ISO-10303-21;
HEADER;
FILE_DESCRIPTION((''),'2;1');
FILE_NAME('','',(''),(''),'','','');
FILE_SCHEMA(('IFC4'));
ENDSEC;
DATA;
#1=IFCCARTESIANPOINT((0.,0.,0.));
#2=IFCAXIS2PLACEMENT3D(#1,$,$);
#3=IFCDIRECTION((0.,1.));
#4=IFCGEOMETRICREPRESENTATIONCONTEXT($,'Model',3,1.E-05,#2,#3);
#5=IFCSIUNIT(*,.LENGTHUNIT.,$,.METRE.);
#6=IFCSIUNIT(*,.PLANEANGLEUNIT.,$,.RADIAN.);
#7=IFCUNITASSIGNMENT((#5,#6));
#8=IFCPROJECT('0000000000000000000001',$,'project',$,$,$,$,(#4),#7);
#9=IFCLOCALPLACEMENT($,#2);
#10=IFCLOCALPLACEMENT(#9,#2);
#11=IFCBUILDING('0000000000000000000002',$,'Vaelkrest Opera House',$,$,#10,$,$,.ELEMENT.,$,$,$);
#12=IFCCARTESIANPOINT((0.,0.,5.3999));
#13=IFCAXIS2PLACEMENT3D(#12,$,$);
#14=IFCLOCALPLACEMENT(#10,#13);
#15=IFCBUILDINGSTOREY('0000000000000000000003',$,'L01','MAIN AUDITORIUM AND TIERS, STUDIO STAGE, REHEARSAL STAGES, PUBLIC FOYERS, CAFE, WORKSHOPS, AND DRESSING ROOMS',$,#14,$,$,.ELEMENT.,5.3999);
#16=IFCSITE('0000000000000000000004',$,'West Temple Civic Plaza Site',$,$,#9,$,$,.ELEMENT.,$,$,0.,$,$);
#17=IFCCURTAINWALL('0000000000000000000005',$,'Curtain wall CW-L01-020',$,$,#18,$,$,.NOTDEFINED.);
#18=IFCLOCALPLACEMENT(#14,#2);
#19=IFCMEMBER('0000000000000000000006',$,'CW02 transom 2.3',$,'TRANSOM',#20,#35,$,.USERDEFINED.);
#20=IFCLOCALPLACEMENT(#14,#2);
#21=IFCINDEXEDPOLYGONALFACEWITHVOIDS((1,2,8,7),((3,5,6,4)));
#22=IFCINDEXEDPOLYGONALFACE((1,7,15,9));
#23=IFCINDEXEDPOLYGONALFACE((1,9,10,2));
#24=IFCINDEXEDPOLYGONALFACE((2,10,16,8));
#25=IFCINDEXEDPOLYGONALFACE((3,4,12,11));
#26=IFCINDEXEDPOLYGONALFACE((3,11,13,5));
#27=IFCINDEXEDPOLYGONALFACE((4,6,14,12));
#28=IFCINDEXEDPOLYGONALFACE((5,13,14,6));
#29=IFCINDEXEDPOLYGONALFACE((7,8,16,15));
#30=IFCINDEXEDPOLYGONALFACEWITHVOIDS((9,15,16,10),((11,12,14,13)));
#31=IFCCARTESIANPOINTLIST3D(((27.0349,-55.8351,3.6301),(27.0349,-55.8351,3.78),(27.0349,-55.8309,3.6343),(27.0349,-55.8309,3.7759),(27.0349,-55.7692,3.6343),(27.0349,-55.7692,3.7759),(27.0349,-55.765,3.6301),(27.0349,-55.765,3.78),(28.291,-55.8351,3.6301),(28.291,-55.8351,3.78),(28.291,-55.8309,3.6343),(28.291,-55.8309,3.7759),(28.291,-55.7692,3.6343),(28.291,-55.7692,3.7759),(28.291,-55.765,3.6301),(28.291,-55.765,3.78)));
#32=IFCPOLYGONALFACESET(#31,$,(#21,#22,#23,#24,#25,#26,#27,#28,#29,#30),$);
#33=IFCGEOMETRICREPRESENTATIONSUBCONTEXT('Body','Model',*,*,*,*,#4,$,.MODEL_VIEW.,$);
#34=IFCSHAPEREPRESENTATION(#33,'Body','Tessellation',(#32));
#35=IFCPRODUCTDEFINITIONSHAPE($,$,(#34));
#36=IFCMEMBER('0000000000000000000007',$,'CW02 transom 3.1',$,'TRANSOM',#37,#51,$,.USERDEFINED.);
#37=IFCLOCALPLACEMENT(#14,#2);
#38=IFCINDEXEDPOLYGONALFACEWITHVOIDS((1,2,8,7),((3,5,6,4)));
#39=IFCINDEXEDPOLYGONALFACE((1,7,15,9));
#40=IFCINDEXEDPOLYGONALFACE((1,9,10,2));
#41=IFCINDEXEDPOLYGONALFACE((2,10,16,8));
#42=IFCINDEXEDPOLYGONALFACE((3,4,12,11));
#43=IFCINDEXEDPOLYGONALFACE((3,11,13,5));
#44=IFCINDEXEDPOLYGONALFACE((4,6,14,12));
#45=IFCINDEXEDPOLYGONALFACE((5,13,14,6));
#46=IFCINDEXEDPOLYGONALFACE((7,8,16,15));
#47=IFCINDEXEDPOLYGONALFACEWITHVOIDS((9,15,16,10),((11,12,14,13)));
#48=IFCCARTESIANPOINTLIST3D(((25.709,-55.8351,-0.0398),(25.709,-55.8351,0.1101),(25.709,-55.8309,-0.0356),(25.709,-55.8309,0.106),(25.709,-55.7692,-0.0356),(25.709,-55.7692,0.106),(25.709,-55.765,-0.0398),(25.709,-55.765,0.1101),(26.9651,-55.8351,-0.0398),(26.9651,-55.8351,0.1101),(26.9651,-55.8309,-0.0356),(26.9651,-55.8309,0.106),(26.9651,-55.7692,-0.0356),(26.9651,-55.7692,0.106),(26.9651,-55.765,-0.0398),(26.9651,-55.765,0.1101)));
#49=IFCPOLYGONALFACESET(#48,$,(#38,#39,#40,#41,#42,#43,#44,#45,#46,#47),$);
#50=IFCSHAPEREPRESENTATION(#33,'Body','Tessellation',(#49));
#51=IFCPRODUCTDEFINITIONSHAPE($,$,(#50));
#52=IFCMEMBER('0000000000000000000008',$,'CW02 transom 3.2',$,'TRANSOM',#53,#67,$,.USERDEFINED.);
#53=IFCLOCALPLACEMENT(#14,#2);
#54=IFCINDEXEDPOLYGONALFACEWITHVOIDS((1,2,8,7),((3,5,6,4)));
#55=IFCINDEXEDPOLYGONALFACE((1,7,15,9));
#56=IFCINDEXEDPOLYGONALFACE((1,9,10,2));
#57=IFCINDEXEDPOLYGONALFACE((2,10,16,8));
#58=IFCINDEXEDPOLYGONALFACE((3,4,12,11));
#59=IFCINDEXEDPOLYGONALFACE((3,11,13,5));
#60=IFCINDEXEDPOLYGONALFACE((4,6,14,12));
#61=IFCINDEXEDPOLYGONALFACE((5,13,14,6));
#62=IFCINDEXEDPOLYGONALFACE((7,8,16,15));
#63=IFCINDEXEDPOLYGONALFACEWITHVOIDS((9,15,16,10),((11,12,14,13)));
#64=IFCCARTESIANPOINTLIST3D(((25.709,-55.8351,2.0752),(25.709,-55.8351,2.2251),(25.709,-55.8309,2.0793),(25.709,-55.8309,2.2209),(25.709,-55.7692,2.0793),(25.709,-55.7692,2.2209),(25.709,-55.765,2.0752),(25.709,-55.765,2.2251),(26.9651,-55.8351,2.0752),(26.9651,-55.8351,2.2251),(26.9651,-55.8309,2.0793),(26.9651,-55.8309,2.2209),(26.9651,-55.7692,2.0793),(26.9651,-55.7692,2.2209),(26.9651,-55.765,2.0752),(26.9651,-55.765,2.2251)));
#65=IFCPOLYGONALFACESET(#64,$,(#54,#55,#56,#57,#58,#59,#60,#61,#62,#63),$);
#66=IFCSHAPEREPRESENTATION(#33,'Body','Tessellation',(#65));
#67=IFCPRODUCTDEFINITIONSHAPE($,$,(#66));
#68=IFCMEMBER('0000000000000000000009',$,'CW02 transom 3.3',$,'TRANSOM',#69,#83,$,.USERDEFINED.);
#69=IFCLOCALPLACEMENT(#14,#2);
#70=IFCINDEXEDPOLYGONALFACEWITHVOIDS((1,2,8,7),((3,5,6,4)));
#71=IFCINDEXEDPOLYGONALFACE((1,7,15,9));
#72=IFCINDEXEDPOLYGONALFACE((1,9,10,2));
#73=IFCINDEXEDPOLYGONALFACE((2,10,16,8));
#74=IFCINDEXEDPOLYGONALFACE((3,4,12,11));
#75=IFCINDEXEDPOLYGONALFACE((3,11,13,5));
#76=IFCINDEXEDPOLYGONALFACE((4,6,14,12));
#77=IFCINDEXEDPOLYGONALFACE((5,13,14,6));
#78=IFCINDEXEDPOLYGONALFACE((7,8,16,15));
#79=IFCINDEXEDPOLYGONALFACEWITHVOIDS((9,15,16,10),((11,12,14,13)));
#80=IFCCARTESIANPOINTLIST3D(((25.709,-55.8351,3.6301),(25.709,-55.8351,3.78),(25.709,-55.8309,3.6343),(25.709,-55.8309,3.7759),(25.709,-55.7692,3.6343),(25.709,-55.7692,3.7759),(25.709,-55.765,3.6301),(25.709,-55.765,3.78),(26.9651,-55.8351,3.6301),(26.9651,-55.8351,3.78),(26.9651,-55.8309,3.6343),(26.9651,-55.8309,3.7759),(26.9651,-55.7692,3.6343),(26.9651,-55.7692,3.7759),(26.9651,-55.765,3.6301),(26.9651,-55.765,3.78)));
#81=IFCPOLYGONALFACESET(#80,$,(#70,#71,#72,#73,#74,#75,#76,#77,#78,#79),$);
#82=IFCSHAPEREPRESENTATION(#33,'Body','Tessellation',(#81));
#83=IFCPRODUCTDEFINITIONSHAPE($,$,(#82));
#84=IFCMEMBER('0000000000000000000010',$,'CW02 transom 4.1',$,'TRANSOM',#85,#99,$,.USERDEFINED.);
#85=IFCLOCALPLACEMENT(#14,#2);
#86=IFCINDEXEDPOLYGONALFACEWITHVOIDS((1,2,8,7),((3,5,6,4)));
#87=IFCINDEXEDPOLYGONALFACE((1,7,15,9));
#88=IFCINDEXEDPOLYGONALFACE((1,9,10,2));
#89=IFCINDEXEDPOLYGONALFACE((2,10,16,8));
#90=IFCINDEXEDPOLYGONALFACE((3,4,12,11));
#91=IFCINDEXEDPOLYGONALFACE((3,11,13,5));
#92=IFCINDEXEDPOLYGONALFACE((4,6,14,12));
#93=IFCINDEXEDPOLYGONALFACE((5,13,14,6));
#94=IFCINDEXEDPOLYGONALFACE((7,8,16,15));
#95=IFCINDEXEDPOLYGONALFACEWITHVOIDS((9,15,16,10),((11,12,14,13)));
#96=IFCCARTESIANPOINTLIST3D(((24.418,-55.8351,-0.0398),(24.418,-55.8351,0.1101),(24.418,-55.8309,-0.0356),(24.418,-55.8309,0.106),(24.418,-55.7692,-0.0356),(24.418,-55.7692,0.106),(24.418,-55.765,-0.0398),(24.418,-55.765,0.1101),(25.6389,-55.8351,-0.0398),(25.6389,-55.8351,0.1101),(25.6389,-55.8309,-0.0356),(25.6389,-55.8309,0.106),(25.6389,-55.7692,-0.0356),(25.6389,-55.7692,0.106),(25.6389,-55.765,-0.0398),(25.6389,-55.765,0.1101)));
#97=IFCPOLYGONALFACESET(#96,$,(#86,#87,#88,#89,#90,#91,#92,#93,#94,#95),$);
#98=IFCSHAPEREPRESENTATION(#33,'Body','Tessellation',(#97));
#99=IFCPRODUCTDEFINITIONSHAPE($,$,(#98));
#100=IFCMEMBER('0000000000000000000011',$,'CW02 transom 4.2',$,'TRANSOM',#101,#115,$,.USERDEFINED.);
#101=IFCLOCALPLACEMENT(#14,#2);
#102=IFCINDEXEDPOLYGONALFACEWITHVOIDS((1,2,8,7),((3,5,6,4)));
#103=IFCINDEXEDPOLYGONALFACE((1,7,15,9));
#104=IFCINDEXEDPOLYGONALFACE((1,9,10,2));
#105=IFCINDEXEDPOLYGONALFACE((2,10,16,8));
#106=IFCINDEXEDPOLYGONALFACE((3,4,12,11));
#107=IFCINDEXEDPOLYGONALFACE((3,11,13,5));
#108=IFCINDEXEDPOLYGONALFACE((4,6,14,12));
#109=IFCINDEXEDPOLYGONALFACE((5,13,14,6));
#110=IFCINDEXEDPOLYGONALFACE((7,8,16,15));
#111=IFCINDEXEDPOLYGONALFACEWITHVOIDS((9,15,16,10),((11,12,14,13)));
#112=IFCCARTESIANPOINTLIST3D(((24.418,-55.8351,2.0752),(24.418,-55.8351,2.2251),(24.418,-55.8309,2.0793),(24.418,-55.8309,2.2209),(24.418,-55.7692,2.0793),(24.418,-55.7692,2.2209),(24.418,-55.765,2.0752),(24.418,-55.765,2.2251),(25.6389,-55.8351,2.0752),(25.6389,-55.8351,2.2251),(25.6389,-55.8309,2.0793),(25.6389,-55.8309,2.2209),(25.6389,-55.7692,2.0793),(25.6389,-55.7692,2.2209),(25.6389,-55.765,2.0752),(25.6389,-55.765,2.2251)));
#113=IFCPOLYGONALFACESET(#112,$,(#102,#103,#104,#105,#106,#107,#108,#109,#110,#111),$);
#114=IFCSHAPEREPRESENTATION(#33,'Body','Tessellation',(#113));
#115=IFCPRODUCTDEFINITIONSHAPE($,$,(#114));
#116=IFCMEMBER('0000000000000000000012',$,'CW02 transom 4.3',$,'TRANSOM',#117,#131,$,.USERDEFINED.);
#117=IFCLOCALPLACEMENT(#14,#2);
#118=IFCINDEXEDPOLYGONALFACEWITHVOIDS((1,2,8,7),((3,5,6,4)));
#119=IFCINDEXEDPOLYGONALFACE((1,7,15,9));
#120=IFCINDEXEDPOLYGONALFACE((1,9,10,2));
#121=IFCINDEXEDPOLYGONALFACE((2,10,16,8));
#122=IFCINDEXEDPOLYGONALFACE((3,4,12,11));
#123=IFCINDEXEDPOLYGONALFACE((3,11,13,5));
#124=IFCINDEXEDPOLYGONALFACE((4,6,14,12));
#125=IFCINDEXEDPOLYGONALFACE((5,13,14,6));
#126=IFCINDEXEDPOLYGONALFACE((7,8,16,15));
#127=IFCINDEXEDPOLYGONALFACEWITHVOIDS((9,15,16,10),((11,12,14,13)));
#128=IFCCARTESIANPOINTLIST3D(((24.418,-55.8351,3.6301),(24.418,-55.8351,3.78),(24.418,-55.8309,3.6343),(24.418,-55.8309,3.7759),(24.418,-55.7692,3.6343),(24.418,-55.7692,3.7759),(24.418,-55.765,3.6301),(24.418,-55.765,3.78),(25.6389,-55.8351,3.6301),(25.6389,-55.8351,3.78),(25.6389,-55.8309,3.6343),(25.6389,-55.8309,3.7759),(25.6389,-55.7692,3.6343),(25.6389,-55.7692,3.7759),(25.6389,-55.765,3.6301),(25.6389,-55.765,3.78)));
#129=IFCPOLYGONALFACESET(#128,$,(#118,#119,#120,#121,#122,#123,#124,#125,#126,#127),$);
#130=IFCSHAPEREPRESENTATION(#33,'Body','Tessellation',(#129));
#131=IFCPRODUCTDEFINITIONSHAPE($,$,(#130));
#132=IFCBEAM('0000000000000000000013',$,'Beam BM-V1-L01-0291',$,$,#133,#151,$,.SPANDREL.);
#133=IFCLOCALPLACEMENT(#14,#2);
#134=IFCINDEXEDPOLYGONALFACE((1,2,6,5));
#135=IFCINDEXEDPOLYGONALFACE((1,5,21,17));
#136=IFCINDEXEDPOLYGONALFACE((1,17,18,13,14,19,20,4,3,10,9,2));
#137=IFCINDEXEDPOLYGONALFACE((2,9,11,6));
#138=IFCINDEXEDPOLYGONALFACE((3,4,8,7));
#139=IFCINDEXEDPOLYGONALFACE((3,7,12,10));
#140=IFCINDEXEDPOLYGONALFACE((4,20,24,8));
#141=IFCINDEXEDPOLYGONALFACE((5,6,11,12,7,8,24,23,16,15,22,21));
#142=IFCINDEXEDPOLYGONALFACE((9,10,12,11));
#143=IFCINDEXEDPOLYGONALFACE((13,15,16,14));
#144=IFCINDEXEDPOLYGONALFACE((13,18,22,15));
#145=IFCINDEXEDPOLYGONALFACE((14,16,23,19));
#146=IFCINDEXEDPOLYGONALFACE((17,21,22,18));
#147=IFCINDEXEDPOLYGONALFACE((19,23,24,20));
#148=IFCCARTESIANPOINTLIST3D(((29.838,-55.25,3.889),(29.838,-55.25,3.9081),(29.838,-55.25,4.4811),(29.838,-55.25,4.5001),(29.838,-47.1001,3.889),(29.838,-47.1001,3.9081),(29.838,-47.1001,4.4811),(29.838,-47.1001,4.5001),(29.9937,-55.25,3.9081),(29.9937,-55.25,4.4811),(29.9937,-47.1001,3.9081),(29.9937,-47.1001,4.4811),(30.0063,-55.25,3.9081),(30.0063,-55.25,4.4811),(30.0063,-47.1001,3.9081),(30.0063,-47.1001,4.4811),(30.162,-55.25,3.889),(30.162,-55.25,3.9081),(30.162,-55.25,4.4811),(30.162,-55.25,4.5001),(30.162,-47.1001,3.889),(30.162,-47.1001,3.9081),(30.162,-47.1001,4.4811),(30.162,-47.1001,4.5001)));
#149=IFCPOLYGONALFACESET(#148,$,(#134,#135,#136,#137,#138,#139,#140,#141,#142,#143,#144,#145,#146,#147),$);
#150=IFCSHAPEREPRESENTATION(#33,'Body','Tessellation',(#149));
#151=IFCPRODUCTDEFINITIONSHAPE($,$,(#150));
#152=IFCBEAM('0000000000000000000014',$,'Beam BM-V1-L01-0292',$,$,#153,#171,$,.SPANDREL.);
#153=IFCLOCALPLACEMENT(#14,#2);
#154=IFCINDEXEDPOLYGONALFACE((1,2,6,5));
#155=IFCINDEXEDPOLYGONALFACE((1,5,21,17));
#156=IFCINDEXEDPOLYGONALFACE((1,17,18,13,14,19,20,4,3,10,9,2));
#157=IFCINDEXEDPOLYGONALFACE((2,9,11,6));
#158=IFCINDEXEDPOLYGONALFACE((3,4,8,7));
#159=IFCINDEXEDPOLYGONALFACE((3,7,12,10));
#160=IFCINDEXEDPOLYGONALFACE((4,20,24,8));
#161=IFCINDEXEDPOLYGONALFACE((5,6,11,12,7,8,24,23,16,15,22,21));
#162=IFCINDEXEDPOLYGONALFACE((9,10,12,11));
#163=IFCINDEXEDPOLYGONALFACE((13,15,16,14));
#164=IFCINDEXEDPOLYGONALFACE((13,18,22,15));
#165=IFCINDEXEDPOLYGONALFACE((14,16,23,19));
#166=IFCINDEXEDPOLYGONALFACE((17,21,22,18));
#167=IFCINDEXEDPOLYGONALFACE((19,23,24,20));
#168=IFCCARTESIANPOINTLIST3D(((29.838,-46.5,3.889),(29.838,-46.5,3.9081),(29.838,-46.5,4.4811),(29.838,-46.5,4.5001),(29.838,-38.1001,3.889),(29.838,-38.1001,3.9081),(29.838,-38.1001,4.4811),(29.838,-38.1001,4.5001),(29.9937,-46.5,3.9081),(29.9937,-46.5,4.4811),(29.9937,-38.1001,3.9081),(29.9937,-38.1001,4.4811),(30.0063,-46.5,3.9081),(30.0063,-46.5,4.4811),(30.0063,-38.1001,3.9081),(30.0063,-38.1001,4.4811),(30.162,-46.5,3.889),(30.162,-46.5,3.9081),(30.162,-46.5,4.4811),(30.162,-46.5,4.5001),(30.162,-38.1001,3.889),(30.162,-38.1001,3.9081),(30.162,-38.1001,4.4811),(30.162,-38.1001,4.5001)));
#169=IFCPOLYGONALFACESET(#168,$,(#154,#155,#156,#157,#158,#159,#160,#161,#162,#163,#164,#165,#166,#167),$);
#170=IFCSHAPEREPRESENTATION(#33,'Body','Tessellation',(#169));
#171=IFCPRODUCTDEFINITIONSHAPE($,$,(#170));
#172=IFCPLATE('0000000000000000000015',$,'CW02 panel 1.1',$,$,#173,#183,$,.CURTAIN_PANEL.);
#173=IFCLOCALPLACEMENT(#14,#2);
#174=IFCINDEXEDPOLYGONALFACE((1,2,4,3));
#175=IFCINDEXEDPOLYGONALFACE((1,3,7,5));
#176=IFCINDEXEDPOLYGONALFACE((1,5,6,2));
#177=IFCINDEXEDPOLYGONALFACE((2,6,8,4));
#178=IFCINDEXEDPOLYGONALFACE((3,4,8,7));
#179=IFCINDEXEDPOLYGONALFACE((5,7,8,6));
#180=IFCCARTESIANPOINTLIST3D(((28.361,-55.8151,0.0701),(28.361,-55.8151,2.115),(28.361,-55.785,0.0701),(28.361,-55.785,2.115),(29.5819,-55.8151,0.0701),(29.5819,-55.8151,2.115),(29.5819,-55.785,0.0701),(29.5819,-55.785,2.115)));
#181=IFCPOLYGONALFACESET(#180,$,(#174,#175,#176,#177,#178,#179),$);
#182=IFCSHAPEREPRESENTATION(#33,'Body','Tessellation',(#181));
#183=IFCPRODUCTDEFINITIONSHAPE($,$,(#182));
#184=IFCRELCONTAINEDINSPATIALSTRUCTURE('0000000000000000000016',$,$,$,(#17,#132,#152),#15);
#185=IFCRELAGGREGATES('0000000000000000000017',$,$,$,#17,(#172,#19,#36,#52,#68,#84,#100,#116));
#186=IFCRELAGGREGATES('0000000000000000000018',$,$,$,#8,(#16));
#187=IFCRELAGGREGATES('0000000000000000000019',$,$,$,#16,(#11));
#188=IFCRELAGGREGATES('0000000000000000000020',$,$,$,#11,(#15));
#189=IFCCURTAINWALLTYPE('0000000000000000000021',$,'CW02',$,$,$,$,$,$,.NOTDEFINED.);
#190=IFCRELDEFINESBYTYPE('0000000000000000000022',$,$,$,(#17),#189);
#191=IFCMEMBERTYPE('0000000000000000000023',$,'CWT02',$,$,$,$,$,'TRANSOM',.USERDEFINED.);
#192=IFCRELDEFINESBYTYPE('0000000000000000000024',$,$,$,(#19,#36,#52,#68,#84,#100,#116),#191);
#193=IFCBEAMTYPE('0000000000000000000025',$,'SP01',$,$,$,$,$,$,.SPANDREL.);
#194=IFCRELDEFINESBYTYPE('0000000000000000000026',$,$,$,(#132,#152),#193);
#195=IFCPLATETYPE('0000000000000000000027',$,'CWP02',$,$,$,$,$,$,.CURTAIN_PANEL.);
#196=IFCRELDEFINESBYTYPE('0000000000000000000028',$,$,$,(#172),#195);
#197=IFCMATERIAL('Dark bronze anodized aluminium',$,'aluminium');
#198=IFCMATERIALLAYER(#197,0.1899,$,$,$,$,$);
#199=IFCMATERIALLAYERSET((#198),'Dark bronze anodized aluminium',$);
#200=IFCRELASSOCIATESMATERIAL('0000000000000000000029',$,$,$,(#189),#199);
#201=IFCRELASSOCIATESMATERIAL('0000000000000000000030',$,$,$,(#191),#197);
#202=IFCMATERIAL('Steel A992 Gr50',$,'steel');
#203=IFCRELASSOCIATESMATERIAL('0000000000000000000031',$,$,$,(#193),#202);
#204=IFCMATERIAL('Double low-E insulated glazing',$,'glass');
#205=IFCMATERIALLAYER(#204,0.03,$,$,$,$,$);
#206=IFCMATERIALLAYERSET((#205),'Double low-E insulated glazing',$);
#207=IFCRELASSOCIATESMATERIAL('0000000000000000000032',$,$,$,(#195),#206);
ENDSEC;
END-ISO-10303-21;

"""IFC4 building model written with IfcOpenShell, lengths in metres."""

from ifc_helpers import new_model, si_unit, direction, frame, origin, origin_2d, place, context, subcontext, project, spatial, rectangle, hollow_rectangle, i_section, extrude, material, layer, layer_set, material_profile, profile_set, type_object, element, aggregate, save


model = new_model("IFC4")

# Units and contexts
model_context = context("Model", 3, precision=1e-05, world=origin(), true_north=direction((0.0, 1.0)))
body_context = subcontext(model_context, "Body", "Model", "MODEL_VIEW")
ifc_project = project(units=[si_unit("LENGTHUNIT", "METRE"), si_unit("PLANEANGLEUNIT", "RADIAN")], contexts=[model_context])

# Site, building, storey
site_placement = place(None, origin())
site = spatial("IfcSite", under=ifc_project, at=site_placement, Name="West Temple Civic Plaza Site", CompositionType="ELEMENT", RefElevation=0.0)
building_placement = place(site_placement, origin())
building = spatial("IfcBuilding", under=site, at=building_placement, Name="Vaelkrest Opera House", CompositionType="ELEMENT")
storey_placement = place(building_placement, frame((0.0, 0.0, 5.3999)))
storey = spatial("IfcBuildingStorey", under=building, at=storey_placement, Name="L01", Description="MAIN AUDITORIUM AND TIERS, STUDIO STAGE, REHEARSAL STAGES, PUBLIC FOYERS, CAFE, WORKSHOPS, AND DRESSING ROOMS", CompositionType="ELEMENT", Elevation=5.3999)

# Curtain wall, members
ifc_material_1 = material(Name="Dark bronze anodized aluminium", Category="aluminium")
ifc_layer_1 = layer(ifc_material_1, 0.1899)
ifc_layer_set_1 = layer_set([ifc_layer_1], Name="Dark bronze anodized aluminium")
curtain_wall_type = type_object("IfcCurtainWallType", Name="CW02", PredefinedType="NOTDEFINED", material=ifc_layer_set_1)
curtain_wall_placement = place(storey_placement, origin())
curtain_wall = element("IfcCurtainWall", 1, at=curtain_wall_placement, inside=storey, type_object=curtain_wall_type, Name="Curtain wall CW-L01-020", PredefinedType="NOTDEFINED")
ifc_material_profile_1 = material_profile(ifc_material_1, hollow_rectangle(XDim=0.0701, YDim=0.1499, WallThickness=0.0042, at=origin_2d()), Name="CWT70X150")
ifc_profile_set_1 = profile_set([ifc_material_profile_1], Name="Dark bronze anodized aluminium")
member_type_1 = type_object("IfcMemberType", Name="CWT02", ElementType="TRANSOM", PredefinedType="USERDEFINED", material=ifc_profile_set_1)
member_1_placement = place(storey_placement, frame((28.291, -55.8, 3.7051), z_axis=(-1.0, 0.0, 0.0), x_axis=(0.0, -1.0, 0.0)))
member_1 = element("IfcMember", 2, at=member_1_placement, type_object=member_type_1, Name="CW02 transom 2.3", ObjectType="TRANSOM", PredefinedType="USERDEFINED", context=body_context, shape_type="SweptSolid", body=[
    extrude(hollow_rectangle(XDim=0.0701, YDim=0.1499, WallThickness=0.0042, at=origin_2d()), origin(), (0.0, 0.0, 1.0), 1.2561),
])
member_2_placement = place(storey_placement, frame((26.9651, -55.8, 0.0352), z_axis=(-1.0, 0.0, 0.0), x_axis=(0.0, -1.0, 0.0)))
member_2 = element("IfcMember", 3, at=member_2_placement, type_object=member_type_1, Name="CW02 transom 3.1", ObjectType="TRANSOM", PredefinedType="USERDEFINED", context=body_context, shape_type="SweptSolid", body=[
    extrude(hollow_rectangle(XDim=0.0701, YDim=0.1499, WallThickness=0.0042, at=origin_2d()), origin(), (0.0, 0.0, 1.0), 1.2561),
])
member_3_placement = place(storey_placement, frame((26.9651, -55.8, 2.1501), z_axis=(-1.0, 0.0, 0.0), x_axis=(0.0, -1.0, 0.0)))
member_3 = element("IfcMember", 4, at=member_3_placement, type_object=member_type_1, Name="CW02 transom 3.2", ObjectType="TRANSOM", PredefinedType="USERDEFINED", context=body_context, shape_type="SweptSolid", body=[
    extrude(hollow_rectangle(XDim=0.0701, YDim=0.1499, WallThickness=0.0042, at=origin_2d()), origin(), (0.0, 0.0, 1.0), 1.2561),
])
member_4_placement = place(storey_placement, frame((26.9651, -55.8, 3.7051), z_axis=(-1.0, 0.0, 0.0), x_axis=(0.0, -1.0, 0.0)))
member_4 = element("IfcMember", 5, at=member_4_placement, type_object=member_type_1, Name="CW02 transom 3.3", ObjectType="TRANSOM", PredefinedType="USERDEFINED", context=body_context, shape_type="SweptSolid", body=[
    extrude(hollow_rectangle(XDim=0.0701, YDim=0.1499, WallThickness=0.0042, at=origin_2d()), origin(), (0.0, 0.0, 1.0), 1.2561),
])
member_5_placement = place(storey_placement, frame((25.6389, -55.8, 0.0352), z_axis=(-1.0, 0.0, 0.0), x_axis=(0.0, -1.0, 0.0)))
member_5 = element("IfcMember", 6, at=member_5_placement, type_object=member_type_1, Name="CW02 transom 4.1", ObjectType="TRANSOM", PredefinedType="USERDEFINED", context=body_context, shape_type="SweptSolid", body=[
    extrude(hollow_rectangle(XDim=0.0701, YDim=0.1499, WallThickness=0.0042, at=origin_2d()), origin(), (0.0, 0.0, 1.0), 1.2209),
])
member_6_placement = place(storey_placement, frame((25.6389, -55.8, 2.1501), z_axis=(-1.0, 0.0, 0.0), x_axis=(0.0, -1.0, 0.0)))
member_6 = element("IfcMember", 7, at=member_6_placement, type_object=member_type_1, Name="CW02 transom 4.2", ObjectType="TRANSOM", PredefinedType="USERDEFINED", context=body_context, shape_type="SweptSolid", body=[
    extrude(hollow_rectangle(XDim=0.0701, YDim=0.1499, WallThickness=0.0042, at=origin_2d()), origin(), (0.0, 0.0, 1.0), 1.2209),
])
member_7_placement = place(storey_placement, frame((25.6389, -55.8, 3.7051), z_axis=(-1.0, 0.0, 0.0), x_axis=(0.0, -1.0, 0.0)))
member_7 = element("IfcMember", 8, at=member_7_placement, type_object=member_type_1, Name="CW02 transom 4.3", ObjectType="TRANSOM", PredefinedType="USERDEFINED", context=body_context, shape_type="SweptSolid", body=[
    extrude(hollow_rectangle(XDim=0.0701, YDim=0.1499, WallThickness=0.0042, at=origin_2d()), origin(), (0.0, 0.0, 1.0), 1.2209),
])

# Beams
ifc_material_2 = material(Name="Steel A992 Gr50", Category="steel")
ifc_material_profile_2 = material_profile(ifc_material_2, i_section(OverallWidth=0.324, OverallDepth=0.6111, WebThickness=0.0127, FlangeThickness=0.019, at=origin_2d()), Name="W24X104")
ifc_profile_set_2 = profile_set([ifc_material_profile_2], Name="Steel A992 Gr50")
beam_type = type_object("IfcBeamType", Name="SP01", PredefinedType="SPANDREL", material=ifc_profile_set_2)
beam_1_placement = place(storey_placement, frame((30.0, -55.25, 4.1946), z_axis=(0.0, 1.0, 0.0), x_axis=(-1.0, 0.0, 0.0)))
element("IfcBeam", 9, at=beam_1_placement, inside=storey, type_object=beam_type, Name="Beam BM-V1-L01-0291", PredefinedType="SPANDREL", context=body_context, shape_type="SweptSolid", body=[
    extrude(i_section(OverallWidth=0.324, OverallDepth=0.6111, WebThickness=0.0127, FlangeThickness=0.019, at=origin_2d()), origin(), (0.0, 0.0, 1.0), 8.1499),
])
beam_2_placement = place(storey_placement, frame((30.0, -46.5, 4.1946), z_axis=(0.0, 1.0, 0.0), x_axis=(-1.0, 0.0, 0.0)))
element("IfcBeam", 10, at=beam_2_placement, inside=storey, type_object=beam_type, Name="Beam BM-V1-L01-0292", PredefinedType="SPANDREL", context=body_context, shape_type="SweptSolid", body=[
    extrude(i_section(OverallWidth=0.324, OverallDepth=0.6111, WebThickness=0.0127, FlangeThickness=0.019, at=origin_2d()), origin(), (0.0, 0.0, 1.0), 8.3999),
])

# Plate
ifc_material_3 = material(Name="Double low-E insulated glazing", Category="glass")
ifc_layer_2 = layer(ifc_material_3, 0.03)
ifc_layer_set_2 = layer_set([ifc_layer_2], Name="Double low-E insulated glazing")
plate_type = type_object("IfcPlateType", Name="CWP02", PredefinedType="CURTAIN_PANEL", material=ifc_layer_set_2)
plate_1_placement = place(storey_placement, frame((28.9714, -55.8, 0.0701), z_axis=(0.0, 0.0, 1.0), x_axis=(-1.0, 0.0, 0.0)))
plate_1 = element("IfcPlate", 11, at=plate_1_placement, type_object=plate_type, Name="CW02 panel 1.1", PredefinedType="CURTAIN_PANEL", context=body_context, shape_type="SweptSolid", body=[
    extrude(rectangle(XDim=1.2209, YDim=0.03, at=origin_2d()), origin(), (0.0, 0.0, 1.0), 2.0449),
])
aggregate(curtain_wall, [plate_1, member_1, member_2, member_3, member_4, member_5, member_6, member_7])

save(model, "model.ifc")
